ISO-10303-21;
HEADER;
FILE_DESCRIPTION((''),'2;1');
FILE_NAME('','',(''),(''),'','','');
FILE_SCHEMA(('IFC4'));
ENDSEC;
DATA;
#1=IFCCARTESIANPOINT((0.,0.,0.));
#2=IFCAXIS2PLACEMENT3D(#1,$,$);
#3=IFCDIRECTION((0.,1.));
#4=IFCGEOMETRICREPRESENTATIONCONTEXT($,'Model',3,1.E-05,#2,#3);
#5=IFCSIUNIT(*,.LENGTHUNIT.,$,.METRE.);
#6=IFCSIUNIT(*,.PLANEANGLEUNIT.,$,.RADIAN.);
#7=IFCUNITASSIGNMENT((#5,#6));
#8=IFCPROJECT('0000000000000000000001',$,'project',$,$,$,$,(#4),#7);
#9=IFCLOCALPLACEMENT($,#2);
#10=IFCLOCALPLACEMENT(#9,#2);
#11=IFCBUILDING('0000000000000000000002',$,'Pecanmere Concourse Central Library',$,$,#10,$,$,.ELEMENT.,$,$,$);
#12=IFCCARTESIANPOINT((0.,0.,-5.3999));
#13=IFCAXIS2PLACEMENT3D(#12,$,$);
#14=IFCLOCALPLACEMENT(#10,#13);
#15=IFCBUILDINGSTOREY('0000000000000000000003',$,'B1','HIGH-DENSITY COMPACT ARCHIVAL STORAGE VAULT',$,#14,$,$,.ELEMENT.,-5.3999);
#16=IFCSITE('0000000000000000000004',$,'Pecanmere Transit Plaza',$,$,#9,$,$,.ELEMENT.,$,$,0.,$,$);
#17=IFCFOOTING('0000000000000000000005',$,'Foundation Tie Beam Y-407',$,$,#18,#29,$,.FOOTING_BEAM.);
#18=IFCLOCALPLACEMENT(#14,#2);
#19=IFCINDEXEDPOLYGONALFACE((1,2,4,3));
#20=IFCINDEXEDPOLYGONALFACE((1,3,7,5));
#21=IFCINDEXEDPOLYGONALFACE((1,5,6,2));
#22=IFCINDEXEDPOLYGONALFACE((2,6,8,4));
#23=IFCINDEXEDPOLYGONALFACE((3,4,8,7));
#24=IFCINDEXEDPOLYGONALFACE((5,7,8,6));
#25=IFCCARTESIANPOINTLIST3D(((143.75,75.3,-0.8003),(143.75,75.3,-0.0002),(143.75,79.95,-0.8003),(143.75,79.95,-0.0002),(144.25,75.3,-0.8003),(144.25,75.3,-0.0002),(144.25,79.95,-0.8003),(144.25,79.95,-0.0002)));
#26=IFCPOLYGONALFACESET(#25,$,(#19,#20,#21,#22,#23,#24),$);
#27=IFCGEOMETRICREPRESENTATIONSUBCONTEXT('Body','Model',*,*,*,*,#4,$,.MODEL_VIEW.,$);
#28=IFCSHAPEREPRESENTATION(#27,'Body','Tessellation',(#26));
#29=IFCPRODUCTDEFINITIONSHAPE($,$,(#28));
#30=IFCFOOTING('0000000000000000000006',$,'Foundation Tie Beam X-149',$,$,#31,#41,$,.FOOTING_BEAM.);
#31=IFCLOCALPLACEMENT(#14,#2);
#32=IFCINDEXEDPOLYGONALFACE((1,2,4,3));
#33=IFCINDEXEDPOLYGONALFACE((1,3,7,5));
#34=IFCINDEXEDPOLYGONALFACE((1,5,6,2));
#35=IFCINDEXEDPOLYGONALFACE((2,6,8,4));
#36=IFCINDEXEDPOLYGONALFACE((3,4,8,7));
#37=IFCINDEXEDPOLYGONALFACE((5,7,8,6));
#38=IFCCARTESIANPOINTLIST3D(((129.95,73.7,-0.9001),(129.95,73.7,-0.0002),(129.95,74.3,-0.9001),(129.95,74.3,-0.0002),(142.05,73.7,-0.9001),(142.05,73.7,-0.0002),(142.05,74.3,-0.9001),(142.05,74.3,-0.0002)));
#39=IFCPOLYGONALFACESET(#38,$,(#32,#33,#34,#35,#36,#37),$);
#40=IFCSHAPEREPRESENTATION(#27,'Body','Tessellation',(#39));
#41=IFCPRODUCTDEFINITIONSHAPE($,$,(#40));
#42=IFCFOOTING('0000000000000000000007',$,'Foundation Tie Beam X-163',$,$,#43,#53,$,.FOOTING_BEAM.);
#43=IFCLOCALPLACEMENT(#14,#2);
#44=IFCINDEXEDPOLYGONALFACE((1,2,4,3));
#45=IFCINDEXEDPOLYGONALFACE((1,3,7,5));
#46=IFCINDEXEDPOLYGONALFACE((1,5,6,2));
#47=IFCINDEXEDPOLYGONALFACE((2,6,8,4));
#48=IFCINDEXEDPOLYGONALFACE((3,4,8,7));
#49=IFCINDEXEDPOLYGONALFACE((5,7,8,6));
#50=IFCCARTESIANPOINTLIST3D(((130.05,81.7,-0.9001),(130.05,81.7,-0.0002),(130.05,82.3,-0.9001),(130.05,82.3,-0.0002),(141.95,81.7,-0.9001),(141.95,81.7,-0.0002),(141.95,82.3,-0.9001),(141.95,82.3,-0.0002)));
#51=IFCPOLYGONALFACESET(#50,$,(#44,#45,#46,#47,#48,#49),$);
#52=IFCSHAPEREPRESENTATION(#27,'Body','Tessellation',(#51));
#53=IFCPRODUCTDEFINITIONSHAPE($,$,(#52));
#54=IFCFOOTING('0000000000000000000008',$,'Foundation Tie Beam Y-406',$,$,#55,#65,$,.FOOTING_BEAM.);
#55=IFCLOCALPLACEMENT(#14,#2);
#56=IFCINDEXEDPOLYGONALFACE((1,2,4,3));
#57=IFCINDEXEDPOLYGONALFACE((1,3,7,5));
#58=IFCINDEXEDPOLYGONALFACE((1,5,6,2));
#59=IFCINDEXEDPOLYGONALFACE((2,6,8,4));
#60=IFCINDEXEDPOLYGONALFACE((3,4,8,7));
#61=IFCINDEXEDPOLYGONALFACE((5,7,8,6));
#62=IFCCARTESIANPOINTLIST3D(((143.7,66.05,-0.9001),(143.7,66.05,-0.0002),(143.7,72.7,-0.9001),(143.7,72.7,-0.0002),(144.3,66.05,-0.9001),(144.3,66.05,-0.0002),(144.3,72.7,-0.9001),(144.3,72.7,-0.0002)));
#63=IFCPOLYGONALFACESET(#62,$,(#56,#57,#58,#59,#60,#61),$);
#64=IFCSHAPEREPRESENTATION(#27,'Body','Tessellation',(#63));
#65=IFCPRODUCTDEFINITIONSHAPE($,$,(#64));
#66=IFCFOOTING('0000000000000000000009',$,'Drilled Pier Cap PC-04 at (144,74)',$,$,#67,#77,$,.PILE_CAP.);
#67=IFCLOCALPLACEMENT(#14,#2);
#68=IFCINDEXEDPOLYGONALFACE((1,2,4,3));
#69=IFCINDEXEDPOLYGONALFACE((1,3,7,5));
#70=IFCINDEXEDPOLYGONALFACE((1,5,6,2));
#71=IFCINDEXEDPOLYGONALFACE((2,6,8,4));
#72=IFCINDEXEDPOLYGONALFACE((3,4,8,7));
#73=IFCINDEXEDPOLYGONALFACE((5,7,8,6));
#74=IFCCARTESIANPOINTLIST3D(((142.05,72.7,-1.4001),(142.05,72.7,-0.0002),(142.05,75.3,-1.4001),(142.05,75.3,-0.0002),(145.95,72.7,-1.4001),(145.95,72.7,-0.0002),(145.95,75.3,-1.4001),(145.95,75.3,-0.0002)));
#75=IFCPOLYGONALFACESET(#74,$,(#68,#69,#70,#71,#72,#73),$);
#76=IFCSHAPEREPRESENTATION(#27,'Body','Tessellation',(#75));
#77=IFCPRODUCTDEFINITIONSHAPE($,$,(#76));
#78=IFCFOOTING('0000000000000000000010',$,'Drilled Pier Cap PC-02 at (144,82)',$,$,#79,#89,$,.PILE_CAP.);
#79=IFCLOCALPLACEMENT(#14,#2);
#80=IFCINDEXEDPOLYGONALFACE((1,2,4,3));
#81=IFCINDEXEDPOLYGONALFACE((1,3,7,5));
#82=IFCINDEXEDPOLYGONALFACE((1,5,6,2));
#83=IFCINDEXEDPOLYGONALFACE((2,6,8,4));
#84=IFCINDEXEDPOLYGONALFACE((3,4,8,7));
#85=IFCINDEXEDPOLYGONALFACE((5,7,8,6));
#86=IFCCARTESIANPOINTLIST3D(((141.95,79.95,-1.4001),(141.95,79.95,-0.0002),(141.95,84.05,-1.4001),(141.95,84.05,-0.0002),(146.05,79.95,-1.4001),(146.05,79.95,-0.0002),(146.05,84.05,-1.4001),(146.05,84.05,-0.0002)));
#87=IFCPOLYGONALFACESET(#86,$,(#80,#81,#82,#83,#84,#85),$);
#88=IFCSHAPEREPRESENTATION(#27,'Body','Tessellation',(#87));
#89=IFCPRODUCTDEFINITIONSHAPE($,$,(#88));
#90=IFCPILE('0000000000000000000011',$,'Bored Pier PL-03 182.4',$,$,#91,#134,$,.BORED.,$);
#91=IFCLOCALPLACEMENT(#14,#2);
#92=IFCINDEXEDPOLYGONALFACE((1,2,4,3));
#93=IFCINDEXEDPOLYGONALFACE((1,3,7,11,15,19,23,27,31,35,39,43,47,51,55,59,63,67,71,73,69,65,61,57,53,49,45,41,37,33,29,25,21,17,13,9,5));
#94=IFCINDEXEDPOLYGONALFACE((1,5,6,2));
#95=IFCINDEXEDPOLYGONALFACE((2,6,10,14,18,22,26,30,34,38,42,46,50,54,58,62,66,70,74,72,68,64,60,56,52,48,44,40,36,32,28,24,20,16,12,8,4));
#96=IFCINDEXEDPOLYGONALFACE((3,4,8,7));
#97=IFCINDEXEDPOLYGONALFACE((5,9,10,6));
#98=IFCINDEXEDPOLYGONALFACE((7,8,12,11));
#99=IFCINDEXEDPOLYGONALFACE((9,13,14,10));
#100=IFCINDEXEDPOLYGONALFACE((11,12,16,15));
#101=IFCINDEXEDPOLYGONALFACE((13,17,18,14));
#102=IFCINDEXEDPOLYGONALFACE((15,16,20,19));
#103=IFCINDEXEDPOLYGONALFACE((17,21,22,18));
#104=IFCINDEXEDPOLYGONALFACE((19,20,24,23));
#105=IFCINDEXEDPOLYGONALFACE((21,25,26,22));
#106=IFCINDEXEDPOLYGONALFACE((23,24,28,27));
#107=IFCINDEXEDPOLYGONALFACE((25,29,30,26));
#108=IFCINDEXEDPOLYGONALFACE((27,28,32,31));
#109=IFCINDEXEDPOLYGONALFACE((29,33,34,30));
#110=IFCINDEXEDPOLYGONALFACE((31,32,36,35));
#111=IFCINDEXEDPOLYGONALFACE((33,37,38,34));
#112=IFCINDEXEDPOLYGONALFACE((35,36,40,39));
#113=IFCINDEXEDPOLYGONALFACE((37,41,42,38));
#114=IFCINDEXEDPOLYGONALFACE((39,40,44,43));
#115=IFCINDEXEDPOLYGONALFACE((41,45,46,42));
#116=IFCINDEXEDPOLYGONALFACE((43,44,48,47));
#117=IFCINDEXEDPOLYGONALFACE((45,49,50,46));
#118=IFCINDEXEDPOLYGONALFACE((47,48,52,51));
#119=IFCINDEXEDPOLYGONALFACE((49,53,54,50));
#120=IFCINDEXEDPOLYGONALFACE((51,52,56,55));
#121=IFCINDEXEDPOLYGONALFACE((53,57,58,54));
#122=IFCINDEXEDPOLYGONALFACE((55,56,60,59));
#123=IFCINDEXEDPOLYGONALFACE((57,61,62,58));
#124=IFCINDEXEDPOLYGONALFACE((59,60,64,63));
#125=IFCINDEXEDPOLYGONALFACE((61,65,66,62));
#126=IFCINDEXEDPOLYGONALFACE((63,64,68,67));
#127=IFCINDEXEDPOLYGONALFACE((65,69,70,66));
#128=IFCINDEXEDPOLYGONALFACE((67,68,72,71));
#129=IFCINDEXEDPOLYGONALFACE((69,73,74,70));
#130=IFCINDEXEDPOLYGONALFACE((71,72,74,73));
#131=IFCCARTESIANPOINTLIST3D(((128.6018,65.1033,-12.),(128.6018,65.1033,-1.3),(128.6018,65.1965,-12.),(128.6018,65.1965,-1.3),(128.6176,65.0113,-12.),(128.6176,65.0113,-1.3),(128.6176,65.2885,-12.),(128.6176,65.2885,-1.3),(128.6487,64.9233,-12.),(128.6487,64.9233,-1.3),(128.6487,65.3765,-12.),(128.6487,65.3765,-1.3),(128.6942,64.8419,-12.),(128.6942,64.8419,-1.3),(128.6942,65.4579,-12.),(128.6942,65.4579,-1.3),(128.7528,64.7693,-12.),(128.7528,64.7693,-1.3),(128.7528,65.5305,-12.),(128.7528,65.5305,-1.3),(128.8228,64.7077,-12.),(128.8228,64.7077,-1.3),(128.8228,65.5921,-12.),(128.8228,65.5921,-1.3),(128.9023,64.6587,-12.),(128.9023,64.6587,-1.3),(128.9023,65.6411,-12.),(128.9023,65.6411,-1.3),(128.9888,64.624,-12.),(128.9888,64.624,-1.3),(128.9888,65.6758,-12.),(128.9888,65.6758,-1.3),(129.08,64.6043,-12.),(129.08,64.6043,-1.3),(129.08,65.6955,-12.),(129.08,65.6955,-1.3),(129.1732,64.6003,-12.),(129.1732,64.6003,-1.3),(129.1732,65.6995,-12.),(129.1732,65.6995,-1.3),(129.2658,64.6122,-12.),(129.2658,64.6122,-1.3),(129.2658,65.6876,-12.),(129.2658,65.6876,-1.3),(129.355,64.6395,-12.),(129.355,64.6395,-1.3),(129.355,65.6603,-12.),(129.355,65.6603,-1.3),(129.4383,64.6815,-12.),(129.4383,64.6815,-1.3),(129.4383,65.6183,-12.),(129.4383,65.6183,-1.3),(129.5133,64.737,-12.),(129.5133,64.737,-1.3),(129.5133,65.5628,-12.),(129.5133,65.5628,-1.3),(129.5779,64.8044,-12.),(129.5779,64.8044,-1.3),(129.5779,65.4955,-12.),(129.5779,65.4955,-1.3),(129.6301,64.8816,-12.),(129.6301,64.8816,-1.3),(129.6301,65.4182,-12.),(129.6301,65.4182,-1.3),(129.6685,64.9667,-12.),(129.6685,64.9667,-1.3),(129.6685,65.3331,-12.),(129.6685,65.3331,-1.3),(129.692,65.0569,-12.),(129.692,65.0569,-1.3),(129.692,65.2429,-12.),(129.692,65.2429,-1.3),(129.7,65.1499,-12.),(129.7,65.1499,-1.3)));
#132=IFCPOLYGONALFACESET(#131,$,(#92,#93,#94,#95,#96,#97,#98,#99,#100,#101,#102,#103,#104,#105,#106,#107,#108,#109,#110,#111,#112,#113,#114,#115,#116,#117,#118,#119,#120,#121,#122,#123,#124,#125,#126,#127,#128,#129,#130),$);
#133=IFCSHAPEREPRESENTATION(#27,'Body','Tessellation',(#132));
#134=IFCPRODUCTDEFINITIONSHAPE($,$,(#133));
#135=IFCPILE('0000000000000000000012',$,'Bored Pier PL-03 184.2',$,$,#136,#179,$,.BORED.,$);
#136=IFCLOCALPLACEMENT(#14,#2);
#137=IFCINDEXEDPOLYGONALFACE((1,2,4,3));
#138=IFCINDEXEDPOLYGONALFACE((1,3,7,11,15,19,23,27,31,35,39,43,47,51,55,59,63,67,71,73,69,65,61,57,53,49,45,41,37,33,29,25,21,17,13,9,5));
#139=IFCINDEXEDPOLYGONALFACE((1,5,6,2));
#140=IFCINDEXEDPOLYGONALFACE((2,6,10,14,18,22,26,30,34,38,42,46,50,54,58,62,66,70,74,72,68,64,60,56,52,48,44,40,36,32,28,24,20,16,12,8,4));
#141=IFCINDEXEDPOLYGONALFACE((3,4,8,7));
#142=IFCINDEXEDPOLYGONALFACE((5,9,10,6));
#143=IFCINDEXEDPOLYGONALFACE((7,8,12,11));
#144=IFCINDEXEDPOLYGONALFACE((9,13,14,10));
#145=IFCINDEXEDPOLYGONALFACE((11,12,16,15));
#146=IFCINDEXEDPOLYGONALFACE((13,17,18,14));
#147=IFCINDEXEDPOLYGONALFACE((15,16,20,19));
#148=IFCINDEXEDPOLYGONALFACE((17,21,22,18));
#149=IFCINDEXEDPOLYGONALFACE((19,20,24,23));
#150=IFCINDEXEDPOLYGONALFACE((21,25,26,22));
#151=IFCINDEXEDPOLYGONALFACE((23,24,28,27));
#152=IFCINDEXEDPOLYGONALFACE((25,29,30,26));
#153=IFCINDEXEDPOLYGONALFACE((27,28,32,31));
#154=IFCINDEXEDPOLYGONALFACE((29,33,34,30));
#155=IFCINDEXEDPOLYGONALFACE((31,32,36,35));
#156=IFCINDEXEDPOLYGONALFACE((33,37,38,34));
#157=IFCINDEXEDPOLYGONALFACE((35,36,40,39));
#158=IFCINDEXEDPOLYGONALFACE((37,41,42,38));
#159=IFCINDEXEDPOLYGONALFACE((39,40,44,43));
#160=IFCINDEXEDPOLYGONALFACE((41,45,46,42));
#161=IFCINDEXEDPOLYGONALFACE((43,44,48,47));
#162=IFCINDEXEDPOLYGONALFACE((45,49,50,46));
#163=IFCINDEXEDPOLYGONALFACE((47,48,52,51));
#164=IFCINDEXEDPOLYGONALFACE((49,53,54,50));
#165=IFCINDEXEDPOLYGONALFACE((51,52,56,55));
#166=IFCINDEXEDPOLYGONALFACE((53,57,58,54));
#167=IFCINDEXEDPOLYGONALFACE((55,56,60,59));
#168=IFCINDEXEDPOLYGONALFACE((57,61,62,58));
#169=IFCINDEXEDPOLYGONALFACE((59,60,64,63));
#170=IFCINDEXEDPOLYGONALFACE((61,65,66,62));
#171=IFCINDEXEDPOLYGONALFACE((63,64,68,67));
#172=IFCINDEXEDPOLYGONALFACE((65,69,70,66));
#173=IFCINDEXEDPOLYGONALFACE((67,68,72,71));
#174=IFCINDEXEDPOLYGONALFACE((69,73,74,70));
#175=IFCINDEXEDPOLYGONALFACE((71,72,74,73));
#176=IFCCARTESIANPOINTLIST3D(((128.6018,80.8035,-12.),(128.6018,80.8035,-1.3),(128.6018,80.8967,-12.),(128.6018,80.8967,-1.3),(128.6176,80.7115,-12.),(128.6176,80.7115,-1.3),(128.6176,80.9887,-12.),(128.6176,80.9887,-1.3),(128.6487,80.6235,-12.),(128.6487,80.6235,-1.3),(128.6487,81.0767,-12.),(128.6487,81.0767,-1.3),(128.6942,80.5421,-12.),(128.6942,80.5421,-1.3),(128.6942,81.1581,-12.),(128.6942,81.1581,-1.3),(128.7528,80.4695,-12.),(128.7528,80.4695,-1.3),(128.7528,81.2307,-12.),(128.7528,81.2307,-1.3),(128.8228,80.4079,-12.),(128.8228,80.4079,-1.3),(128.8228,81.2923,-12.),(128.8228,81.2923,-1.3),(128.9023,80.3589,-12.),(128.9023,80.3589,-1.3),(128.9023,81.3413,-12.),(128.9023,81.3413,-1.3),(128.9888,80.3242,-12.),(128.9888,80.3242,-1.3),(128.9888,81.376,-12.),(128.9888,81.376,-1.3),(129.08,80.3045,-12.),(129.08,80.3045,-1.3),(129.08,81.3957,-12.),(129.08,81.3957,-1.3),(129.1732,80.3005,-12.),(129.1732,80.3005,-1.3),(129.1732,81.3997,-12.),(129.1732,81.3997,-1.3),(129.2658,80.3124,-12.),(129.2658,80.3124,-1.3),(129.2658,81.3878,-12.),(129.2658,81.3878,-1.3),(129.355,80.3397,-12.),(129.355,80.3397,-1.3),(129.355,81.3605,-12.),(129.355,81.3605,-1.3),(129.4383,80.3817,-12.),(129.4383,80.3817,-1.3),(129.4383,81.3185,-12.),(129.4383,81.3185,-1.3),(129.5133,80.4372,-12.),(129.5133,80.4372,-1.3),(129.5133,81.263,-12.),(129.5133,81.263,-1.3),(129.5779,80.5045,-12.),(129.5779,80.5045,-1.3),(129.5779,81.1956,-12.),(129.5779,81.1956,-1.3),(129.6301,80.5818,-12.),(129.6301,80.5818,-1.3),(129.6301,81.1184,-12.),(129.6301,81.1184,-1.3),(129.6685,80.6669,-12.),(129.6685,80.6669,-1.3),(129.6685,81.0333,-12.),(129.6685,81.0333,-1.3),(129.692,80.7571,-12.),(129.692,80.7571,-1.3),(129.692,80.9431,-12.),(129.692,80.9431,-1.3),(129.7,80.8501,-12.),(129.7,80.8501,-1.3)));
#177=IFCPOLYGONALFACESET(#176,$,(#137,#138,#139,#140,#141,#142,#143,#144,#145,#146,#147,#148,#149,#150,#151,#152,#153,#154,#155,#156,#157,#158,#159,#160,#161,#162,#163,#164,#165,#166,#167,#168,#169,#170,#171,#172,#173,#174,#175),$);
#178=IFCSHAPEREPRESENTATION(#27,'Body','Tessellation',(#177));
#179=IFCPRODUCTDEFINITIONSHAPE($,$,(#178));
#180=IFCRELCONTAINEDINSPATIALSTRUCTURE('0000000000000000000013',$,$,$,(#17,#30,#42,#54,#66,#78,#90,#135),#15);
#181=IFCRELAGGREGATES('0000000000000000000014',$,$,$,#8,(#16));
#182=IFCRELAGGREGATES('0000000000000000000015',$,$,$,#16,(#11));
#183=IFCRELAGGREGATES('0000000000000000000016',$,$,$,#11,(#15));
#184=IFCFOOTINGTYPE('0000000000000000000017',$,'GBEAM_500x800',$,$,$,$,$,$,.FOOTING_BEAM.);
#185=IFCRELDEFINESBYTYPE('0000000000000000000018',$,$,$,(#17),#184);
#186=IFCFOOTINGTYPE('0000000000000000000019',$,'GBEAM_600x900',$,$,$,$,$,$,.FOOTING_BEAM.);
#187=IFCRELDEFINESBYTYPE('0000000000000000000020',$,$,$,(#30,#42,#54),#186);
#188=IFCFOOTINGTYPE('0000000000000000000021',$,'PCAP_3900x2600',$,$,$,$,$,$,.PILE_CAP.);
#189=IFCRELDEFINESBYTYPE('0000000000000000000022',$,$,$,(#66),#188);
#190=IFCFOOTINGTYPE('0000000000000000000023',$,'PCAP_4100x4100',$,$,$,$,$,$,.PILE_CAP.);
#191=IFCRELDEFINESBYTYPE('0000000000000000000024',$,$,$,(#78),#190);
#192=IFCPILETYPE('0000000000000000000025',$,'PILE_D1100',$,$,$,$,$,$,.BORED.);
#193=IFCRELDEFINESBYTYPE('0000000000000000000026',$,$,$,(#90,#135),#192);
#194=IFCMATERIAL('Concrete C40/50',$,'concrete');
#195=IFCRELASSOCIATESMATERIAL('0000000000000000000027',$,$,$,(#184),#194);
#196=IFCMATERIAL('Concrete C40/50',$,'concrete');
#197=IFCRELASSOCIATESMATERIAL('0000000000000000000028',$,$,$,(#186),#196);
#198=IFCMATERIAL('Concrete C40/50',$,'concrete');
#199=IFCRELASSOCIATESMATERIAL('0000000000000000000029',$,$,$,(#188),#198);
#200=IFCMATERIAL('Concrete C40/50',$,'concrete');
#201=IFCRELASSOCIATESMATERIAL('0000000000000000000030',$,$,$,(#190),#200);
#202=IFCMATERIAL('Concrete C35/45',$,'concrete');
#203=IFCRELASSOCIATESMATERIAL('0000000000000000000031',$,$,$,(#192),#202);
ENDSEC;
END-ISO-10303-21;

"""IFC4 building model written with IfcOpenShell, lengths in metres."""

from ifc_helpers import new_model, si_unit, direction, frame, origin, origin_2d, place, context, subcontext, project, spatial, rectangle, circle, extrude, material, material_profile, profile_set, type_object, element, save


model = new_model("IFC4")

# Units and contexts
model_context = context("Model", 3, precision=1e-05, world=origin(), true_north=direction((0.0, 1.0)))
body_context = subcontext(model_context, "Body", "Model", "MODEL_VIEW")
ifc_project = project(units=[si_unit("LENGTHUNIT", "METRE"), si_unit("PLANEANGLEUNIT", "RADIAN")], contexts=[model_context])

# Site, building, storey
site_placement = place(None, origin())
site = spatial("IfcSite", under=ifc_project, at=site_placement, Name="Pecanmere Transit Plaza", CompositionType="ELEMENT", RefElevation=0.0)
building_placement = place(site_placement, origin())
building = spatial("IfcBuilding", under=site, at=building_placement, Name="Pecanmere Concourse Central Library", CompositionType="ELEMENT")
storey_placement = place(building_placement, frame((0.0, 0.0, -5.3999)))
storey = spatial("IfcBuildingStorey", under=building, at=storey_placement, Name="B1", Description="HIGH-DENSITY COMPACT ARCHIVAL STORAGE VAULT", CompositionType="ELEMENT", Elevation=-5.3999)

# Footings
ifc_material_1 = material(Name="Concrete C40/50", Category="concrete")
ifc_material_profile_1 = material_profile(ifc_material_1, rectangle(XDim=0.5, YDim=0.8, at=origin_2d()), Name="RC 500x800")
ifc_profile_set_1 = profile_set([ifc_material_profile_1], Name="Concrete C40/50")
footing_type_1 = type_object("IfcFootingType", Name="GBEAM_500x800", PredefinedType="FOOTING_BEAM", material=ifc_profile_set_1)
footing_1_placement = place(storey_placement, frame((144.0, 77.625, -0.8003), z_axis=(0.0, 0.0, 1.0), x_axis=(0.0, 1.0, 0.0)))
element("IfcFooting", 1, at=footing_1_placement, inside=storey, type_object=footing_type_1, Name="Foundation Tie Beam Y-407", PredefinedType="FOOTING_BEAM", context=body_context, shape_type="SweptSolid", body=[
    extrude(rectangle(XDim=4.6499, YDim=0.5, at=origin_2d()), origin(), (0.0, 0.0, 1.0), 0.8),
])
ifc_material_2 = material(Name="Concrete C40/50", Category="concrete")
ifc_material_profile_2 = material_profile(ifc_material_2, rectangle(XDim=0.6001, YDim=0.8999, at=origin_2d()), Name="RC 600x900")
ifc_profile_set_2 = profile_set([ifc_material_profile_2], Name="Concrete C40/50")
footing_type_2 = type_object("IfcFootingType", Name="GBEAM_600x900", PredefinedType="FOOTING_BEAM", material=ifc_profile_set_2)
footing_2_placement = place(storey_placement, frame((136.0, 74.0, -0.9001), z_axis=(0.0, 0.0, 1.0), x_axis=(1.0, 0.0, 0.0)))
element("IfcFooting", 2, at=footing_2_placement, inside=storey, type_object=footing_type_2, Name="Foundation Tie Beam X-149", PredefinedType="FOOTING_BEAM", context=body_context, shape_type="SweptSolid", body=[
    extrude(rectangle(XDim=12.1001, YDim=0.6001, at=origin_2d()), origin(), (0.0, 0.0, 1.0), 0.8999),
])
footing_3_placement = place(storey_placement, frame((136.0, 82.0, -0.9001), z_axis=(0.0, 0.0, 1.0), x_axis=(1.0, 0.0, 0.0)))
element("IfcFooting", 3, at=footing_3_placement, inside=storey, type_object=footing_type_2, Name="Foundation Tie Beam X-163", PredefinedType="FOOTING_BEAM", context=body_context, shape_type="SweptSolid", body=[
    extrude(rectangle(XDim=11.8999, YDim=0.6001, at=origin_2d()), origin(), (0.0, 0.0, 1.0), 0.8999),
])
footing_4_placement = place(storey_placement, frame((144.0, 69.375, -0.9001), z_axis=(0.0, 0.0, 1.0), x_axis=(0.0, 1.0, 0.0)))
element("IfcFooting", 4, at=footing_4_placement, inside=storey, type_object=footing_type_2, Name="Foundation Tie Beam Y-406", PredefinedType="FOOTING_BEAM", context=body_context, shape_type="SweptSolid", body=[
    extrude(rectangle(XDim=6.6499, YDim=0.6001, at=origin_2d()), origin(), (0.0, 0.0, 1.0), 0.8999),
])
ifc_material_3 = material(Name="Concrete C40/50", Category="concrete")
footing_type_3 = type_object("IfcFootingType", Name="PCAP_3900x2600", PredefinedType="PILE_CAP", material=ifc_material_3)
footing_5_placement = place(storey_placement, frame((144.0, 74.0, -1.4001), z_axis=(0.0, 0.0, 1.0), x_axis=(1.0, 0.0, 0.0)))
element("IfcFooting", 5, at=footing_5_placement, inside=storey, type_object=footing_type_3, Name="Drilled Pier Cap PC-04 at (144,74)", PredefinedType="PILE_CAP", context=body_context, shape_type="SweptSolid", body=[
    extrude(rectangle(XDim=3.8999, YDim=2.6001, at=origin_2d()), origin(), (0.0, 0.0, 1.0), 1.3999),
])
ifc_material_4 = material(Name="Concrete C40/50", Category="concrete")
footing_type_4 = type_object("IfcFootingType", Name="PCAP_4100x4100", PredefinedType="PILE_CAP", material=ifc_material_4)
footing_6_placement = place(storey_placement, frame((144.0, 82.0, -1.4001), z_axis=(0.0, 0.0, 1.0), x_axis=(1.0, 0.0, 0.0)))
element("IfcFooting", 6, at=footing_6_placement, inside=storey, type_object=footing_type_4, Name="Drilled Pier Cap PC-02 at (144,82)", PredefinedType="PILE_CAP", context=body_context, shape_type="SweptSolid", body=[
    extrude(rectangle(XDim=4.1001, YDim=4.1001, at=origin_2d()), origin(), (0.0, 0.0, 1.0), 1.3999),
])

# Piles
ifc_material_5 = material(Name="Concrete C35/45", Category="concrete")
ifc_material_profile_3 = material_profile(ifc_material_5, circle(Radius=0.55, at=origin_2d()), Name="PIER D1100")
ifc_profile_set_3 = profile_set([ifc_material_profile_3], Name="Concrete C35/45")
pile_type_1 = type_object("IfcPileType", Name="PILE_D1100", PredefinedType="BORED", material=ifc_profile_set_3)
for number, where, z_axis, x_axis, name in (
    (7, (129.1499, 65.1499, -1.3), (0.0, 0.0, -1.0), (1.0, 0.0, 0.0), "Bored Pier PL-03 182.4"),
    (8, (129.1499, 80.8501, -1.3), (0.0, 0.0, -1.0), (1.0, 0.0, 0.0), "Bored Pier PL-03 184.2"),
):
    element("IfcPile", number, at=place(storey_placement, frame(where, z_axis=z_axis, x_axis=x_axis)), inside=storey, type_object=pile_type_1, Name=name, PredefinedType="BORED", context=body_context, shape_type="SweptSolid", body=[
        extrude(circle(Radius=0.55, at=origin_2d()), origin(), (0.0, 0.0, 1.0), 10.7),
    ])

save(model, "model.ifc")
